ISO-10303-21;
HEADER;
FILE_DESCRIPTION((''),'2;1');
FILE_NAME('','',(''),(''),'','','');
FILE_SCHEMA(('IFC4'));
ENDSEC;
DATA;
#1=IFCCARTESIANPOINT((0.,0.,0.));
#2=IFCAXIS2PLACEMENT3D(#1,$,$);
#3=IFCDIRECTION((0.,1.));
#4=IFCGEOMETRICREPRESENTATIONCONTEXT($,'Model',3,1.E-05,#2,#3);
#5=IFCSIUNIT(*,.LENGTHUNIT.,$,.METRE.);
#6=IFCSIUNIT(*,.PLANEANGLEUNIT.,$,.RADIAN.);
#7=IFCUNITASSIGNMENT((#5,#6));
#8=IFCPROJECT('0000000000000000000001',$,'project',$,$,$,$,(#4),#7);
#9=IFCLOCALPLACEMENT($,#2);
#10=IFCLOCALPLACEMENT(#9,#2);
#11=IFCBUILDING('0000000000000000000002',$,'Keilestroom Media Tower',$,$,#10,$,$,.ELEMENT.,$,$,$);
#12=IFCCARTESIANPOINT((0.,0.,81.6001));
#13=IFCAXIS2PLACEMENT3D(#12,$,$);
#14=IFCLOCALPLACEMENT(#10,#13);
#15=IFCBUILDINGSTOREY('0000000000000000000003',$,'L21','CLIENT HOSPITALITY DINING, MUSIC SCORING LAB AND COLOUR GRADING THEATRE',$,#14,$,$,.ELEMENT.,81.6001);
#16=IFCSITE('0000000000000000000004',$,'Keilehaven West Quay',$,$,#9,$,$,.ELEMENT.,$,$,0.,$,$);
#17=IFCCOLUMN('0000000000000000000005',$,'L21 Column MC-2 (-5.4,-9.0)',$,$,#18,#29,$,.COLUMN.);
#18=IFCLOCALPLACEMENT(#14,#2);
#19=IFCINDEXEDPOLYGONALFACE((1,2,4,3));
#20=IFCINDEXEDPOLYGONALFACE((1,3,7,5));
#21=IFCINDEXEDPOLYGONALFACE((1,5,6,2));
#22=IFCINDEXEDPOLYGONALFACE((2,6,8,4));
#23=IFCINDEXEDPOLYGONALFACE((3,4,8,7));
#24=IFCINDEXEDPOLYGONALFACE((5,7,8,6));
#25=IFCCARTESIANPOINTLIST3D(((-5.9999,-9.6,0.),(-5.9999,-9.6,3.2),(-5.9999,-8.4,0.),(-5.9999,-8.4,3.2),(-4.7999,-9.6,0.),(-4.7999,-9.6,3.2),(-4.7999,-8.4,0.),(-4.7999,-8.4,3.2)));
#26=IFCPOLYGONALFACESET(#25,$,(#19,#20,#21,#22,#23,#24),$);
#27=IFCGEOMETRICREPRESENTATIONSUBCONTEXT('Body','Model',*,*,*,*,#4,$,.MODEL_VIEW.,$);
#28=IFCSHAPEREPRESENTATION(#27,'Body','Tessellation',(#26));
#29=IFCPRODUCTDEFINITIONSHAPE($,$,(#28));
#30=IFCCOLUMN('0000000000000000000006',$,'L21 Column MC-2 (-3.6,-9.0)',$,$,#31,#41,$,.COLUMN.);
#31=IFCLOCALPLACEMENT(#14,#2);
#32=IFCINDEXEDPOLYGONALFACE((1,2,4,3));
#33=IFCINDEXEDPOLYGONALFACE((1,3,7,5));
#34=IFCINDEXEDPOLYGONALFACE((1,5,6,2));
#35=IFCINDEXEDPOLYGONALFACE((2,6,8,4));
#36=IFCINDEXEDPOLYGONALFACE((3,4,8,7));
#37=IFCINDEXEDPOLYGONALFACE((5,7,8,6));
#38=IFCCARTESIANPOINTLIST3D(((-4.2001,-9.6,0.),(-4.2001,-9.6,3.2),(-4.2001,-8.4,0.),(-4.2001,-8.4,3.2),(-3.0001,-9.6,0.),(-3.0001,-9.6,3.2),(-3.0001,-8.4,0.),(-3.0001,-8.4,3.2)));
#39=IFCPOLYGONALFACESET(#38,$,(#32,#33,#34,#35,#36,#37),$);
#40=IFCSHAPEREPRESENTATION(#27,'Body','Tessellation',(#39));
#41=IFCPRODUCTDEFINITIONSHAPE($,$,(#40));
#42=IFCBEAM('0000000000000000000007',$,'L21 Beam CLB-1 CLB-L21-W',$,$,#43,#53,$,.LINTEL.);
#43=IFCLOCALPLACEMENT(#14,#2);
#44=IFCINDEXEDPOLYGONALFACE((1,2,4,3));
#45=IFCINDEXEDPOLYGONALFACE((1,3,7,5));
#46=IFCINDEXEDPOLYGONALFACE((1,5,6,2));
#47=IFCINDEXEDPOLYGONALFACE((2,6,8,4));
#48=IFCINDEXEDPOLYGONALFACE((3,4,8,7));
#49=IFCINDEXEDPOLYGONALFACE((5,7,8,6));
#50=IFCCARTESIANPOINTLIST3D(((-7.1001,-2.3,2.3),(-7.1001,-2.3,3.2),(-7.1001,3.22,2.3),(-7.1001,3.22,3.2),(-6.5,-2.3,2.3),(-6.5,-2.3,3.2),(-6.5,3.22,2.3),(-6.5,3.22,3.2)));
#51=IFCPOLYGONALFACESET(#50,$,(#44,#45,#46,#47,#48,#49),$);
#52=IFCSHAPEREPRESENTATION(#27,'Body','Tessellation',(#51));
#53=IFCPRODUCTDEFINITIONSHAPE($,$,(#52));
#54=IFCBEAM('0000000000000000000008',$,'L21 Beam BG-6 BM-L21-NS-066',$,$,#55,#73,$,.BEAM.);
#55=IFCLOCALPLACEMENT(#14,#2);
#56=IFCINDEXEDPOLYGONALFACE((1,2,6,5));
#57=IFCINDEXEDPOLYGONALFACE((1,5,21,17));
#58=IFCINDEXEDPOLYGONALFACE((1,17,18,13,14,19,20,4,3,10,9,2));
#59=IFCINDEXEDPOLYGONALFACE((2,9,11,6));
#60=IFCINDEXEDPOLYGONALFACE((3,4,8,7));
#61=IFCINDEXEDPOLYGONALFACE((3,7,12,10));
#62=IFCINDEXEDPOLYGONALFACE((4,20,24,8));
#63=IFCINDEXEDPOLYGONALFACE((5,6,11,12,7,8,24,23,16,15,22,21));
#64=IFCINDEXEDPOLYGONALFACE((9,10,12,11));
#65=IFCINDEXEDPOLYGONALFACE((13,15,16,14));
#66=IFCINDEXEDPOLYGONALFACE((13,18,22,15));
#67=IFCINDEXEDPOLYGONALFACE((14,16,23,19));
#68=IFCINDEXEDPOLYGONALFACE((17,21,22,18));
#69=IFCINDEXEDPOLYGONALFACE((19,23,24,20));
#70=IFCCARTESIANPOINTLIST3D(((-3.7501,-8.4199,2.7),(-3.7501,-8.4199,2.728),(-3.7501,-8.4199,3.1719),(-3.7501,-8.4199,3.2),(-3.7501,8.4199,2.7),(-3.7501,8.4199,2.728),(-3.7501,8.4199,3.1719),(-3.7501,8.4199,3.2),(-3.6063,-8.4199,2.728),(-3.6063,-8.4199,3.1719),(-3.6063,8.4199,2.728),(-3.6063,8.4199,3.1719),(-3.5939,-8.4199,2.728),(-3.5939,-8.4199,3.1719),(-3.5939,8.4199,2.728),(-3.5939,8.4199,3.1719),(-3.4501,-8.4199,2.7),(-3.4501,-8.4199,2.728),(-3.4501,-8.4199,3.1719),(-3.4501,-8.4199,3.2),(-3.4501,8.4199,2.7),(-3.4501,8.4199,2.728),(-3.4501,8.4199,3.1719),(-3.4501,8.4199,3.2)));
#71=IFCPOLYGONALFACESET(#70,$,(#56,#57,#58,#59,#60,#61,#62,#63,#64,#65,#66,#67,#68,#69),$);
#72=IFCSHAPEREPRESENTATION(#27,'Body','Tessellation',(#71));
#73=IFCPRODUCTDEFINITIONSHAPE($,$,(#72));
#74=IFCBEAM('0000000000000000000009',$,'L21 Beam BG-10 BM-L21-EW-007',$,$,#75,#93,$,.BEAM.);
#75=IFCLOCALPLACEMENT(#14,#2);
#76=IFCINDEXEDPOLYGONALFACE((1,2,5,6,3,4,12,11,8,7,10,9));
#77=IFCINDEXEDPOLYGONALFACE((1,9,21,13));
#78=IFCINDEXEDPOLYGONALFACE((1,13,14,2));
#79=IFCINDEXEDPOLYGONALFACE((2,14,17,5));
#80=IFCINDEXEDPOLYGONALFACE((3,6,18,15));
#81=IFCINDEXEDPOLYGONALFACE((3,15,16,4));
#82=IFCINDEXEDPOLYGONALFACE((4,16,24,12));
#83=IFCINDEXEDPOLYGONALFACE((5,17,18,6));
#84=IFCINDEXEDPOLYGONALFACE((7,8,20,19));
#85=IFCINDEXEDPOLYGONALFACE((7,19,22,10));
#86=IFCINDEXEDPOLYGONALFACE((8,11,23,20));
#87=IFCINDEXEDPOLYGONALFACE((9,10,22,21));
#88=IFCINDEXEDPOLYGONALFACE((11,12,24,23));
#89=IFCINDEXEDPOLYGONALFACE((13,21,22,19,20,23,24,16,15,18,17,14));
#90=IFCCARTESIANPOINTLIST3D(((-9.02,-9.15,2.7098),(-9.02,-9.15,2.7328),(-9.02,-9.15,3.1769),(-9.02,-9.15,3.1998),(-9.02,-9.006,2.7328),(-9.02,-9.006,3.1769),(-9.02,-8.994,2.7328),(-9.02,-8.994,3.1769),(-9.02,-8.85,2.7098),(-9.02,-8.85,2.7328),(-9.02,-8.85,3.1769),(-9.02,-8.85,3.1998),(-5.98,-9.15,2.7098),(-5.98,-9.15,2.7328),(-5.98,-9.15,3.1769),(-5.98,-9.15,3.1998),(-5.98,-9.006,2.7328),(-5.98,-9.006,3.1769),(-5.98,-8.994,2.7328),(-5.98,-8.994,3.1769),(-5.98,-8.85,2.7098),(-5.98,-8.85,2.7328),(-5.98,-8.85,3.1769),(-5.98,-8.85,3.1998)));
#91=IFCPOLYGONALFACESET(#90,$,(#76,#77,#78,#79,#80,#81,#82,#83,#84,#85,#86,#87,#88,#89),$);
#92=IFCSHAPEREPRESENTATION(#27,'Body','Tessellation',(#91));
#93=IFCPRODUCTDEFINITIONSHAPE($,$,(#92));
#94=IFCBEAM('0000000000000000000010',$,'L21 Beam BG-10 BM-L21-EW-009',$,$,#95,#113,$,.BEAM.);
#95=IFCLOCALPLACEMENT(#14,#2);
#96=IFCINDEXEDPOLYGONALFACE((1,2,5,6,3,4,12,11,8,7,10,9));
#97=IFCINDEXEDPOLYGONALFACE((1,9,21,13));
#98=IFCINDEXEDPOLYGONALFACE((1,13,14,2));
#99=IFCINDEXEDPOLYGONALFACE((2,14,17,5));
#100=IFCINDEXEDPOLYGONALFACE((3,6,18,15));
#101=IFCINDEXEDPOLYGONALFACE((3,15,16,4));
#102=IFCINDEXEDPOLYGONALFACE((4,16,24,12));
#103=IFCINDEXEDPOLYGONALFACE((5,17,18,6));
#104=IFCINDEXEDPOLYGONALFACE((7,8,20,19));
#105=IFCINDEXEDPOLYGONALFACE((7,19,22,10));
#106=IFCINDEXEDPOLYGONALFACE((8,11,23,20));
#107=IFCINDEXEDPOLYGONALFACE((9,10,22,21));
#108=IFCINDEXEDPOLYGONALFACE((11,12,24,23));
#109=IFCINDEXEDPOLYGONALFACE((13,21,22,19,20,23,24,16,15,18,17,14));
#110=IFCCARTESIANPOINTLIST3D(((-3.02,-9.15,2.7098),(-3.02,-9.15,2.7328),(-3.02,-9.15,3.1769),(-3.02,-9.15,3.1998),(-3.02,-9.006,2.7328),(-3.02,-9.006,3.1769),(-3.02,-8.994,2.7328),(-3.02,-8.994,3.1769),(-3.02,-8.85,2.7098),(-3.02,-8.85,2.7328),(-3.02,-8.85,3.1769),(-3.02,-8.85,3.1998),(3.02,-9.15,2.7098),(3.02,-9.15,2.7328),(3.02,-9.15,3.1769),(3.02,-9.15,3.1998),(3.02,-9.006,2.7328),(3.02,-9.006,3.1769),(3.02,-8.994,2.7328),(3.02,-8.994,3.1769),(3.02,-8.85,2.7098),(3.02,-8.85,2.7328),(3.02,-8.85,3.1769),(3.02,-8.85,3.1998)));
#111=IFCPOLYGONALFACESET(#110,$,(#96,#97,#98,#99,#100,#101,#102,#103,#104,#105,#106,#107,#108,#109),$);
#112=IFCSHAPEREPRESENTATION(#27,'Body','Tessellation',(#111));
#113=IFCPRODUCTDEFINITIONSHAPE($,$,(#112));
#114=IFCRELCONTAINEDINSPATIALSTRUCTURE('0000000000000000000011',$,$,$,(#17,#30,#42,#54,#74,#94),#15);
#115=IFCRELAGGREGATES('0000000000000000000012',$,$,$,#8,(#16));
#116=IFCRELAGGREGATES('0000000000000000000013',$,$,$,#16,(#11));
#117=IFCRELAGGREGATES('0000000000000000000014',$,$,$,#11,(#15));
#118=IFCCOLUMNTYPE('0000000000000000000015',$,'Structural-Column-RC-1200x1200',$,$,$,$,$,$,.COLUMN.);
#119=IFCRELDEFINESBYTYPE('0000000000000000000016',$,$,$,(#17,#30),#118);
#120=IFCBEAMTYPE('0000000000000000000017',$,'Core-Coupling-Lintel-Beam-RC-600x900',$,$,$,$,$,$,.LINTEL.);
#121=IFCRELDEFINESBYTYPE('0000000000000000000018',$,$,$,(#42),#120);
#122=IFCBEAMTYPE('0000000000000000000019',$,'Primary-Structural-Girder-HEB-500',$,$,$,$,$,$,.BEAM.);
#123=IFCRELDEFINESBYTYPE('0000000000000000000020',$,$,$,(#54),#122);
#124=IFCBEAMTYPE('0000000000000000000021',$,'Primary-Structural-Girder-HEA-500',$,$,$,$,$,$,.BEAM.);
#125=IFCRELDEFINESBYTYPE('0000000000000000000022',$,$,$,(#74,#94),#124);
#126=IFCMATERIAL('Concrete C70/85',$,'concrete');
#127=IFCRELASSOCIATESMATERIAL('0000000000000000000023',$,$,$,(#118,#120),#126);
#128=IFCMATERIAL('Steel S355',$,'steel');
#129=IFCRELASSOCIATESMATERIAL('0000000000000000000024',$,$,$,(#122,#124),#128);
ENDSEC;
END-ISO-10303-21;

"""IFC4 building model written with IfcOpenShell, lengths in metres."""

from ifc_helpers import new_model, si_unit, direction, frame, origin, origin_2d, place, context, subcontext, project, spatial, rectangle, i_section, extrude, source, transform, mapped, material, material_profile, profile_set, type_object, element, save


model = new_model("IFC4")

# Units and contexts
model_context = context("Model", 3, precision=1e-05, world=origin(), true_north=direction((0.0, 1.0)))
body_context = subcontext(model_context, "Body", "Model", "MODEL_VIEW")
ifc_project = project(units=[si_unit("LENGTHUNIT", "METRE"), si_unit("PLANEANGLEUNIT", "RADIAN")], contexts=[model_context])

# Site, building, storey
site_placement = place(None, origin())
site = spatial("IfcSite", under=ifc_project, at=site_placement, Name="Keilehaven West Quay", CompositionType="ELEMENT", RefElevation=0.0)
building_placement = place(site_placement, origin())
building = spatial("IfcBuilding", under=site, at=building_placement, Name="Keilestroom Media Tower", CompositionType="ELEMENT")
storey_placement = place(building_placement, frame((0.0, 0.0, 81.6001)))
storey = spatial("IfcBuildingStorey", under=building, at=storey_placement, Name="L21", Description="CLIENT HOSPITALITY DINING, MUSIC SCORING LAB AND COLOUR GRADING THEATRE", CompositionType="ELEMENT", Elevation=81.6001)

# Columns
ifc_material_1 = material(Name="Concrete C70/85", Category="concrete")
ifc_material_profile_1 = material_profile(ifc_material_1, rectangle(XDim=1.2, YDim=1.2, at=origin_2d()), Name="RC 1200x1200")
ifc_profile_set_1 = profile_set([ifc_material_profile_1], Name="Concrete C70/85")
column_type = type_object("IfcColumnType", Name="Structural-Column-RC-1200x1200", PredefinedType="COLUMN", material=ifc_profile_set_1)
shared_shape_1 = source(origin(), body_context, "Body", "SweptSolid", [
    extrude(rectangle(XDim=1.2, YDim=1.2, at=origin_2d()), origin(), (0.0, 0.0, 1.0), 3.2),
])
for number, where, z_axis, x_axis, name in (
    (1, (-5.3999, -9.0, 0.0), (0.0, 0.0, 1.0), (1.0, 0.0, 0.0), "L21 Column MC-2 (-5.4,-9.0)"),
    (2, (-3.6001, -9.0, 0.0), (0.0, 0.0, 1.0), (1.0, 0.0, 0.0), "L21 Column MC-2 (-3.6,-9.0)"),
):
    element("IfcColumn", number, at=place(storey_placement, frame(where, z_axis=z_axis, x_axis=x_axis)), inside=storey, type_object=column_type, Name=name, PredefinedType="COLUMN", context=body_context, shape_type="MappedRepresentation", body=[
        mapped(shared_shape_1, transform((0.0, 0.0, 0.0), x_axis=(1.0, 0.0, 0.0), y_axis=(0.0, 1.0, 0.0), z_axis=(0.0, 0.0, 1.0), scale=1.0)),
    ])

# Beams
ifc_material_profile_2 = material_profile(ifc_material_1, rectangle(XDim=0.6001, YDim=0.8999, at=origin_2d()), Name="RC 600x900")
ifc_profile_set_2 = profile_set([ifc_material_profile_2], Name="Concrete C70/85")
beam_type_1 = type_object("IfcBeamType", Name="Core-Coupling-Lintel-Beam-RC-600x900", PredefinedType="LINTEL", material=ifc_profile_set_2)
shared_shape_2 = source(origin(), body_context, "Body", "SweptSolid", [
    extrude(rectangle(XDim=0.6001, YDim=0.8999, at=origin_2d()), origin(), (0.0, 0.0, 1.0), 5.52),
])
beam_1_placement = place(storey_placement, frame((-6.8, -2.3, 2.75), z_axis=(0.0, 1.0, 0.0), x_axis=(-1.0, 0.0, 0.0)))
element("IfcBeam", 3, at=beam_1_placement, inside=storey, type_object=beam_type_1, Name="L21 Beam CLB-1 CLB-L21-W", PredefinedType="LINTEL", context=body_context, shape_type="MappedRepresentation", body=[
    mapped(shared_shape_2, transform((0.0, 0.0, 0.0), x_axis=(1.0, 0.0, 0.0), y_axis=(0.0, 1.0, 0.0), z_axis=(0.0, 0.0, 1.0), scale=1.0)),
])
ifc_material_2 = material(Name="Steel S355", Category="steel")
ifc_material_profile_3 = material_profile(ifc_material_2, i_section(OverallWidth=0.3, OverallDepth=0.5, WebThickness=0.0125, FlangeThickness=0.0281, at=origin_2d()), Name="HEB 500")
ifc_profile_set_3 = profile_set([ifc_material_profile_3], Name="Steel S355")
beam_type_2 = type_object("IfcBeamType", Name="Primary-Structural-Girder-HEB-500", PredefinedType="BEAM", material=ifc_profile_set_3)
shared_shape_3 = source(origin(), body_context, "Body", "SweptSolid", [
    extrude(i_section(OverallWidth=0.3, OverallDepth=0.5, WebThickness=0.0125, FlangeThickness=0.0281, at=origin_2d()), origin(), (0.0, 0.0, 1.0), 16.8398),
])
beam_2_placement = place(storey_placement, frame((-3.6001, -8.4199, 2.95), z_axis=(0.0, 1.0, 0.0), x_axis=(-1.0, 0.0, 0.0)))
element("IfcBeam", 4, at=beam_2_placement, inside=storey, type_object=beam_type_2, Name="L21 Beam BG-6 BM-L21-NS-066", PredefinedType="BEAM", context=body_context, shape_type="MappedRepresentation", body=[
    mapped(shared_shape_3, transform((0.0, 0.0, 0.0), x_axis=(1.0, 0.0, 0.0), y_axis=(0.0, 1.0, 0.0), z_axis=(0.0, 0.0, 1.0), scale=1.0)),
])
ifc_material_profile_4 = material_profile(ifc_material_2, i_section(OverallWidth=0.3, OverallDepth=0.49, WebThickness=0.012, FlangeThickness=0.0229, at=origin_2d()), Name="HEA 500")
ifc_profile_set_4 = profile_set([ifc_material_profile_4], Name="Steel S355")
beam_type_3 = type_object("IfcBeamType", Name="Primary-Structural-Girder-HEA-500", PredefinedType="BEAM", material=ifc_profile_set_4)
shared_shape_4 = source(origin(), body_context, "Body", "SweptSolid", [
    extrude(i_section(OverallWidth=0.3, OverallDepth=0.49, WebThickness=0.012, FlangeThickness=0.0229, at=origin_2d()), origin(), (0.0, 0.0, 1.0), 3.04),
])
beam_3_placement = place(storey_placement, frame((-9.02, -9.0, 2.9548), z_axis=(1.0, 0.0, 0.0), x_axis=(0.0, 1.0, 0.0)))
element("IfcBeam", 5, at=beam_3_placement, inside=storey, type_object=beam_type_3, Name="L21 Beam BG-10 BM-L21-EW-007", PredefinedType="BEAM", context=body_context, shape_type="MappedRepresentation", body=[
    mapped(shared_shape_4, transform((0.0, 0.0, 0.0), x_axis=(1.0, 0.0, 0.0), y_axis=(0.0, 1.0, 0.0), z_axis=(0.0, 0.0, 1.0), scale=1.0)),
])
shared_shape_5 = source(origin(), body_context, "Body", "SweptSolid", [
    extrude(i_section(OverallWidth=0.3, OverallDepth=0.49, WebThickness=0.012, FlangeThickness=0.0229, at=origin_2d()), origin(), (0.0, 0.0, 1.0), 6.04),
])
beam_4_placement = place(storey_placement, frame((-3.02, -9.0, 2.9548), z_axis=(1.0, 0.0, 0.0), x_axis=(0.0, 1.0, 0.0)))
element("IfcBeam", 6, at=beam_4_placement, inside=storey, type_object=beam_type_3, Name="L21 Beam BG-10 BM-L21-EW-009", PredefinedType="BEAM", context=body_context, shape_type="MappedRepresentation", body=[
    mapped(shared_shape_5, transform((0.0, 0.0, 0.0), x_axis=(1.0, 0.0, 0.0), y_axis=(0.0, 1.0, 0.0), z_axis=(0.0, 0.0, 1.0), scale=1.0)),
])

save(model, "model.ifc")
